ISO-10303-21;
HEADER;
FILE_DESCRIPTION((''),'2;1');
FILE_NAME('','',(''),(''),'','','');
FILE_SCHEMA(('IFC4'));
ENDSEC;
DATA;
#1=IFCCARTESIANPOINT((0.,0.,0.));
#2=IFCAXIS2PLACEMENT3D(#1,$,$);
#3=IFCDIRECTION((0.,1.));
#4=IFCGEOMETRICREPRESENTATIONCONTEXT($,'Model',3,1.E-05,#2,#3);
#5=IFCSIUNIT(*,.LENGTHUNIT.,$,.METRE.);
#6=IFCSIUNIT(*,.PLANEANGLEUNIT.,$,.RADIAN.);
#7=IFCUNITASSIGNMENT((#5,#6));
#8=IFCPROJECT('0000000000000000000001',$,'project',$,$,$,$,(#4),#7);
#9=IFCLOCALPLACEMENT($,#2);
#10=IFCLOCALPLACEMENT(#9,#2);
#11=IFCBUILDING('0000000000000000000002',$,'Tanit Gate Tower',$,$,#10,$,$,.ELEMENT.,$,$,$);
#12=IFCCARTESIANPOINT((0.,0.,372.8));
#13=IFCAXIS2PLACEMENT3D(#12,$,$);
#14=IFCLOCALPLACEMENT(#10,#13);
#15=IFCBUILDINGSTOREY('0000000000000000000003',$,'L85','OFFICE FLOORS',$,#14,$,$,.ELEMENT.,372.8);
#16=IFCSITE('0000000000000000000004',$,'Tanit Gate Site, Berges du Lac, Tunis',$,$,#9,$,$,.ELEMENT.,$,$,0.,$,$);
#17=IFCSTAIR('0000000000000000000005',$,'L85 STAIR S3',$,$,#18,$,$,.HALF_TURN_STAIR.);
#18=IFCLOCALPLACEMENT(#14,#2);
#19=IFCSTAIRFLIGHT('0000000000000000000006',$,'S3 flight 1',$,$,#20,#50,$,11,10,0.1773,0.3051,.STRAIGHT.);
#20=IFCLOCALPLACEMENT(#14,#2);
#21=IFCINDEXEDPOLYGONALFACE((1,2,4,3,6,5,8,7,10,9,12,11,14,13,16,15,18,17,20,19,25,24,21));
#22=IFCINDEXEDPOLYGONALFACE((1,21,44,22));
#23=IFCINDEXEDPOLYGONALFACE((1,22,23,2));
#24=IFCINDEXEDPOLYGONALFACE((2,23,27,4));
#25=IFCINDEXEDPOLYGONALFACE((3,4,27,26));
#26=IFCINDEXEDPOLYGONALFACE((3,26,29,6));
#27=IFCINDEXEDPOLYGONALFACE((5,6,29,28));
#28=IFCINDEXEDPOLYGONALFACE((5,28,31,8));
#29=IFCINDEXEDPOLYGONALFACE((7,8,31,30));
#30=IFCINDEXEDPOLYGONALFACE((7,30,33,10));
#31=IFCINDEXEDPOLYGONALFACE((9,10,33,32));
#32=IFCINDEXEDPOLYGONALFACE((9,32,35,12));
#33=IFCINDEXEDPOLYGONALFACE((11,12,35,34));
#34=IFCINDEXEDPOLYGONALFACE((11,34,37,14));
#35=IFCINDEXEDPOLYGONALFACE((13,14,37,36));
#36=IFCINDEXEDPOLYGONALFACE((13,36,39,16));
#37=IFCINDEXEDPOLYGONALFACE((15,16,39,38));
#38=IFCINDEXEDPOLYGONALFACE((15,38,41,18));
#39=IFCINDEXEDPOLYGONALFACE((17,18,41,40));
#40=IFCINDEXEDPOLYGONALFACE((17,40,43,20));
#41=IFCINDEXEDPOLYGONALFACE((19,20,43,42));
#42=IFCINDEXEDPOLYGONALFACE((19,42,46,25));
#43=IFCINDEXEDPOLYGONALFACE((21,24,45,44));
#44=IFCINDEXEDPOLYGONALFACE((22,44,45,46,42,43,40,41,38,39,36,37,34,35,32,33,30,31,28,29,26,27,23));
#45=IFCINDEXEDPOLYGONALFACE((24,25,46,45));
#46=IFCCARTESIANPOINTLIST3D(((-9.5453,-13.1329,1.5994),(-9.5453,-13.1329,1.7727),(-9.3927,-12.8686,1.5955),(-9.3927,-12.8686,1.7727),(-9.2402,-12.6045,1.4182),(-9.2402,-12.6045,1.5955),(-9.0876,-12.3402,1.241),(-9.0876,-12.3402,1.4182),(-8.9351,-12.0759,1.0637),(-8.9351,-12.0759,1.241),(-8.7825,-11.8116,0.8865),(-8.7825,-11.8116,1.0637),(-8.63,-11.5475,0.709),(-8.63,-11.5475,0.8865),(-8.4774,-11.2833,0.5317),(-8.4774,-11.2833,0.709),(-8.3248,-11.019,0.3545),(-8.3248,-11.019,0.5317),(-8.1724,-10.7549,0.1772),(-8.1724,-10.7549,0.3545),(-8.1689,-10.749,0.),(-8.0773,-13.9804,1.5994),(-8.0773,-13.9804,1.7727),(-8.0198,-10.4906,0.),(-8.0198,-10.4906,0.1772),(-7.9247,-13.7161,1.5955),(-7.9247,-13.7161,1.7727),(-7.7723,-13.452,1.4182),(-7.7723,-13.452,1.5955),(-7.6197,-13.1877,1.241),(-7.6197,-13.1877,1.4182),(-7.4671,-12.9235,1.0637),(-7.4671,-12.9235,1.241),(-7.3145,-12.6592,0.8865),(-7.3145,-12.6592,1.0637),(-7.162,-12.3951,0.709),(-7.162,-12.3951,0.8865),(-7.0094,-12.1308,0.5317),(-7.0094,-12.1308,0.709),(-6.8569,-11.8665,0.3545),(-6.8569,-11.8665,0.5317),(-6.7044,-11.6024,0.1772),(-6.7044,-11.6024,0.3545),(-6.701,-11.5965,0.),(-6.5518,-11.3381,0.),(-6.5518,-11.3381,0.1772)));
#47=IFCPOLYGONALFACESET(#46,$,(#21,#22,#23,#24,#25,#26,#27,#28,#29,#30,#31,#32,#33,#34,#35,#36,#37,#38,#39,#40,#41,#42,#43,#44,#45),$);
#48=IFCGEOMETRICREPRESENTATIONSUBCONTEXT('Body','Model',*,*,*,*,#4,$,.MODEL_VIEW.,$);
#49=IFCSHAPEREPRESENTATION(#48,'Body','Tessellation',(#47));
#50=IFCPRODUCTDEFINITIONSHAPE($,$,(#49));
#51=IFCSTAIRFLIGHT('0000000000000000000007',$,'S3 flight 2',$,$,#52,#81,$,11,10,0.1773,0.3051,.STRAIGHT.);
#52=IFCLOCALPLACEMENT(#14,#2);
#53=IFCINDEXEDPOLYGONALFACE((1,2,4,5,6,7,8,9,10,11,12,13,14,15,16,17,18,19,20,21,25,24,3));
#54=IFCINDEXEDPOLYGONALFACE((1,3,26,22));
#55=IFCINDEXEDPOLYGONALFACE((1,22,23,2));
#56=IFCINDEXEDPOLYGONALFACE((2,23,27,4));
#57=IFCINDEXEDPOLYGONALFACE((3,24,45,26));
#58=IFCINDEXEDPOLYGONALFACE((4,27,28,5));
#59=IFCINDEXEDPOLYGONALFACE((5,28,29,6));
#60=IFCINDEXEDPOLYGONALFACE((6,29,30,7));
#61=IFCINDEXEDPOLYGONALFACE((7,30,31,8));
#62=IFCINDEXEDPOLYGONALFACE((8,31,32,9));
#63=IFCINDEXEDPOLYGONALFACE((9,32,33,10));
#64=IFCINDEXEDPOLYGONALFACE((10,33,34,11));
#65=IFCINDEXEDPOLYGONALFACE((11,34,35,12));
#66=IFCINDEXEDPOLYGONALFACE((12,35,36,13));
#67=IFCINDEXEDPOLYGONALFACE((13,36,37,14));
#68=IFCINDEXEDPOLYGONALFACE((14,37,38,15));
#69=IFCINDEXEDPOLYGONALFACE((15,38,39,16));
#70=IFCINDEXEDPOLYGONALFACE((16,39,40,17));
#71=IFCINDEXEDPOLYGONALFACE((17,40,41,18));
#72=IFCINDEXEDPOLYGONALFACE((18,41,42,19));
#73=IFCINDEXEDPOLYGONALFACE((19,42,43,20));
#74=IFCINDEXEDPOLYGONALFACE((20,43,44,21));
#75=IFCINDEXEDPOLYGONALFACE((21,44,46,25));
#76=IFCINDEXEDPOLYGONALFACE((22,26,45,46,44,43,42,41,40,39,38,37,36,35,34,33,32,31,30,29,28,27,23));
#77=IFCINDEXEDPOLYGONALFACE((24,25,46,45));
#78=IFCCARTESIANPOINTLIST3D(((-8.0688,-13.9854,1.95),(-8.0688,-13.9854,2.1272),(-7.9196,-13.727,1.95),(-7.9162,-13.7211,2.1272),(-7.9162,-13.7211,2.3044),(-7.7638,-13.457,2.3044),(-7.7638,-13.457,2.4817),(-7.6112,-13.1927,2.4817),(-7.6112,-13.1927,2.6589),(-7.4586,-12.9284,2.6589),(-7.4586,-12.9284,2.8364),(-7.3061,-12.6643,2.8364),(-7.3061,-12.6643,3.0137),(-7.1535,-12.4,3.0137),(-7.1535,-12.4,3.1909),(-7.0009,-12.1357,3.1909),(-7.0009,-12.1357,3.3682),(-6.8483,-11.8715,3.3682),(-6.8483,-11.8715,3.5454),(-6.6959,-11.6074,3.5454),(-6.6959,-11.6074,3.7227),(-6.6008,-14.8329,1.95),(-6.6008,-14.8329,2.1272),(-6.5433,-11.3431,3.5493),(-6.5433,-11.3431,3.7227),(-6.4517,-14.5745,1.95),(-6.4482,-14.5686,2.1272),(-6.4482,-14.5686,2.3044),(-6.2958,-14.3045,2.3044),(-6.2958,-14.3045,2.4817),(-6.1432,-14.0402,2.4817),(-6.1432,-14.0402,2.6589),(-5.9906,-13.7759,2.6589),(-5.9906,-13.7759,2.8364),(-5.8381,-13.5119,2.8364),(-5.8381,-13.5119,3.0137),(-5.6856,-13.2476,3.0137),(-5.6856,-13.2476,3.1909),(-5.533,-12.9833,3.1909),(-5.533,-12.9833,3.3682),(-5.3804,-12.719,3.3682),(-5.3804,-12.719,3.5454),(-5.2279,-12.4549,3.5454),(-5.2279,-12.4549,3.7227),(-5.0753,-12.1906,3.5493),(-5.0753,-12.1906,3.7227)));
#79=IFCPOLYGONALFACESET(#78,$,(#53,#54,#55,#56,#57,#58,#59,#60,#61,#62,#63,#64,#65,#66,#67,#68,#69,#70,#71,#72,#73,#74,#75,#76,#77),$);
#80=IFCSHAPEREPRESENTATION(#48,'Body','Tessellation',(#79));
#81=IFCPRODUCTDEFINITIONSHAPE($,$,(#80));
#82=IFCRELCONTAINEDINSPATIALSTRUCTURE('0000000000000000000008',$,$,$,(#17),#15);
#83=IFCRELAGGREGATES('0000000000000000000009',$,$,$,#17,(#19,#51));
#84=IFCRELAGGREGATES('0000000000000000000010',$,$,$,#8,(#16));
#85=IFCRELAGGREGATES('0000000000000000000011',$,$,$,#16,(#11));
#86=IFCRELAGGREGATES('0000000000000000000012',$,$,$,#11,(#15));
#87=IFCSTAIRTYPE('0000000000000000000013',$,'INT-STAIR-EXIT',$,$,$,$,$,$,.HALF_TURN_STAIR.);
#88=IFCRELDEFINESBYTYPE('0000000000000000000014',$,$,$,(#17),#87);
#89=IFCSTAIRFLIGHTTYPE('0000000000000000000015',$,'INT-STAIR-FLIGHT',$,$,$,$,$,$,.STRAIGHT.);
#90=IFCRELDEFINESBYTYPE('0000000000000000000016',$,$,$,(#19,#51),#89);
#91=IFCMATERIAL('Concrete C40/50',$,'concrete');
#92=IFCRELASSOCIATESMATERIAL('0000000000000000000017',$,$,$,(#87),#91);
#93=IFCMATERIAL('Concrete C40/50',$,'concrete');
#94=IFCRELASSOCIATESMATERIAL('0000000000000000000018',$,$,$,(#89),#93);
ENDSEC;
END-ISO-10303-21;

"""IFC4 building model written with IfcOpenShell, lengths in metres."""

from ifc_helpers import new_model, si_unit, direction, frame, origin, place, context, subcontext, project, spatial, polyline, outline, extrude, material, type_object, element, aggregate, save


model = new_model("IFC4")

# Units and contexts
model_context = context("Model", 3, precision=1e-05, world=origin(), true_north=direction((0.0, 1.0)))
body_context = subcontext(model_context, "Body", "Model", "MODEL_VIEW")
ifc_project = project(units=[si_unit("LENGTHUNIT", "METRE"), si_unit("PLANEANGLEUNIT", "RADIAN")], contexts=[model_context])

# Site, building, storey
site_placement = place(None, origin())
site = spatial("IfcSite", under=ifc_project, at=site_placement, Name="Tanit Gate Site, Berges du Lac, Tunis", CompositionType="ELEMENT", RefElevation=0.0)
building_placement = place(site_placement, origin())
building = spatial("IfcBuilding", under=site, at=building_placement, Name="Tanit Gate Tower", CompositionType="ELEMENT")
storey_placement = place(building_placement, frame((0.0, 0.0, 372.8)))
storey = spatial("IfcBuildingStorey", under=building, at=storey_placement, Name="L85", Description="OFFICE FLOORS", CompositionType="ELEMENT", Elevation=372.8)

# Stair, stair flights
ifc_material_1 = material(Name="Concrete C40/50", Category="concrete")
stair_type = type_object("IfcStairType", Name="INT-STAIR-EXIT", PredefinedType="HALF_TURN_STAIR", material=ifc_material_1)
stair_placement = place(storey_placement, origin())
stair = element("IfcStair", 1, at=stair_placement, inside=storey, type_object=stair_type, Name="L85 STAIR S3", PredefinedType="HALF_TURN_STAIR")
ifc_material_2 = material(Name="Concrete C40/50", Category="concrete")
stair_flight_type = type_object("IfcStairFlightType", Name="INT-STAIR-FLIGHT", PredefinedType="STRAIGHT", material=ifc_material_2)
stair_flight_1_placement = place(storey_placement, frame((-7.2859, -10.9143, 0.0), z_axis=(0.0, 0.0, 1.0), x_axis=(-0.5, -0.866025, 0.0)))
stair_flight_1 = element("IfcStairFlight", 2, at=stair_flight_1_placement, type_object=stair_flight_type, Name="S3 flight 1", NumberOfRisers=11, NumberOfTreads=10, PredefinedType="STRAIGHT", RiserHeight=0.1773, TreadLength=0.3051, context=body_context, shape_type="SweptSolid", body=[
    extrude(outline(polyline([(0.0, 0.0), (0.0, 0.1772), (0.3052, 0.1772), (0.3052, 0.3545), (0.6101, 0.3545), (0.6101, 0.5317), (0.9153, 0.5317), (0.9153, 0.709), (1.2205, 0.709), (1.2205, 0.8865), (1.5254, 0.8865), (1.5254, 1.0637), (1.8306, 1.0637), (1.8306, 1.241), (2.1357, 1.241), (2.1357, 1.4182), (2.4409, 1.4182), (2.4409, 1.5955), (2.7458, 1.5955), (2.7458, 1.7727), (3.051, 1.7727), (3.051, 1.95), (3.051, 1.5994), (0.2983, 0.0), (0.0, 0.0)])), frame((0.0, 0.8477, 0.0), z_axis=(0.0, -1.0, 0.0), x_axis=(1.0, 0.0, 0.0)), (0.0, 0.0, 1.0), 1.6951),
])
stair_flight_2_placement = place(storey_placement, frame((-7.3347, -14.4092, 1.95), z_axis=(0.0, 0.0, 1.0), x_axis=(0.5, 0.866025, 0.0)))
stair_flight_2 = element("IfcStairFlight", 3, at=stair_flight_2_placement, type_object=stair_flight_type, Name="S3 flight 2", NumberOfRisers=11, NumberOfTreads=10, PredefinedType="STRAIGHT", RiserHeight=0.1773, TreadLength=0.3051, context=body_context, shape_type="SweptSolid", body=[
    extrude(outline(polyline([(0.0, 0.0), (0.0, 0.1772), (0.3052, 0.1772), (0.3052, 0.3545), (0.6101, 0.3545), (0.6101, 0.5317), (0.9153, 0.5317), (0.9153, 0.709), (1.2205, 0.709), (1.2205, 0.8865), (1.5254, 0.8865), (1.5254, 1.0637), (1.8306, 1.0637), (1.8306, 1.241), (2.1357, 1.241), (2.1357, 1.4182), (2.4409, 1.4182), (2.4409, 1.5955), (2.7458, 1.5955), (2.7458, 1.7727), (3.051, 1.7727), (3.051, 1.95), (3.051, 1.5994), (0.2983, 0.0), (0.0, 0.0)])), frame((0.0, 0.8477, 0.0), z_axis=(0.0, -1.0, 0.0), x_axis=(1.0, 0.0, 0.0)), (0.0, 0.0, 1.0), 1.6951),
])
aggregate(stair, [stair_flight_1, stair_flight_2])

save(model, "model.ifc")
